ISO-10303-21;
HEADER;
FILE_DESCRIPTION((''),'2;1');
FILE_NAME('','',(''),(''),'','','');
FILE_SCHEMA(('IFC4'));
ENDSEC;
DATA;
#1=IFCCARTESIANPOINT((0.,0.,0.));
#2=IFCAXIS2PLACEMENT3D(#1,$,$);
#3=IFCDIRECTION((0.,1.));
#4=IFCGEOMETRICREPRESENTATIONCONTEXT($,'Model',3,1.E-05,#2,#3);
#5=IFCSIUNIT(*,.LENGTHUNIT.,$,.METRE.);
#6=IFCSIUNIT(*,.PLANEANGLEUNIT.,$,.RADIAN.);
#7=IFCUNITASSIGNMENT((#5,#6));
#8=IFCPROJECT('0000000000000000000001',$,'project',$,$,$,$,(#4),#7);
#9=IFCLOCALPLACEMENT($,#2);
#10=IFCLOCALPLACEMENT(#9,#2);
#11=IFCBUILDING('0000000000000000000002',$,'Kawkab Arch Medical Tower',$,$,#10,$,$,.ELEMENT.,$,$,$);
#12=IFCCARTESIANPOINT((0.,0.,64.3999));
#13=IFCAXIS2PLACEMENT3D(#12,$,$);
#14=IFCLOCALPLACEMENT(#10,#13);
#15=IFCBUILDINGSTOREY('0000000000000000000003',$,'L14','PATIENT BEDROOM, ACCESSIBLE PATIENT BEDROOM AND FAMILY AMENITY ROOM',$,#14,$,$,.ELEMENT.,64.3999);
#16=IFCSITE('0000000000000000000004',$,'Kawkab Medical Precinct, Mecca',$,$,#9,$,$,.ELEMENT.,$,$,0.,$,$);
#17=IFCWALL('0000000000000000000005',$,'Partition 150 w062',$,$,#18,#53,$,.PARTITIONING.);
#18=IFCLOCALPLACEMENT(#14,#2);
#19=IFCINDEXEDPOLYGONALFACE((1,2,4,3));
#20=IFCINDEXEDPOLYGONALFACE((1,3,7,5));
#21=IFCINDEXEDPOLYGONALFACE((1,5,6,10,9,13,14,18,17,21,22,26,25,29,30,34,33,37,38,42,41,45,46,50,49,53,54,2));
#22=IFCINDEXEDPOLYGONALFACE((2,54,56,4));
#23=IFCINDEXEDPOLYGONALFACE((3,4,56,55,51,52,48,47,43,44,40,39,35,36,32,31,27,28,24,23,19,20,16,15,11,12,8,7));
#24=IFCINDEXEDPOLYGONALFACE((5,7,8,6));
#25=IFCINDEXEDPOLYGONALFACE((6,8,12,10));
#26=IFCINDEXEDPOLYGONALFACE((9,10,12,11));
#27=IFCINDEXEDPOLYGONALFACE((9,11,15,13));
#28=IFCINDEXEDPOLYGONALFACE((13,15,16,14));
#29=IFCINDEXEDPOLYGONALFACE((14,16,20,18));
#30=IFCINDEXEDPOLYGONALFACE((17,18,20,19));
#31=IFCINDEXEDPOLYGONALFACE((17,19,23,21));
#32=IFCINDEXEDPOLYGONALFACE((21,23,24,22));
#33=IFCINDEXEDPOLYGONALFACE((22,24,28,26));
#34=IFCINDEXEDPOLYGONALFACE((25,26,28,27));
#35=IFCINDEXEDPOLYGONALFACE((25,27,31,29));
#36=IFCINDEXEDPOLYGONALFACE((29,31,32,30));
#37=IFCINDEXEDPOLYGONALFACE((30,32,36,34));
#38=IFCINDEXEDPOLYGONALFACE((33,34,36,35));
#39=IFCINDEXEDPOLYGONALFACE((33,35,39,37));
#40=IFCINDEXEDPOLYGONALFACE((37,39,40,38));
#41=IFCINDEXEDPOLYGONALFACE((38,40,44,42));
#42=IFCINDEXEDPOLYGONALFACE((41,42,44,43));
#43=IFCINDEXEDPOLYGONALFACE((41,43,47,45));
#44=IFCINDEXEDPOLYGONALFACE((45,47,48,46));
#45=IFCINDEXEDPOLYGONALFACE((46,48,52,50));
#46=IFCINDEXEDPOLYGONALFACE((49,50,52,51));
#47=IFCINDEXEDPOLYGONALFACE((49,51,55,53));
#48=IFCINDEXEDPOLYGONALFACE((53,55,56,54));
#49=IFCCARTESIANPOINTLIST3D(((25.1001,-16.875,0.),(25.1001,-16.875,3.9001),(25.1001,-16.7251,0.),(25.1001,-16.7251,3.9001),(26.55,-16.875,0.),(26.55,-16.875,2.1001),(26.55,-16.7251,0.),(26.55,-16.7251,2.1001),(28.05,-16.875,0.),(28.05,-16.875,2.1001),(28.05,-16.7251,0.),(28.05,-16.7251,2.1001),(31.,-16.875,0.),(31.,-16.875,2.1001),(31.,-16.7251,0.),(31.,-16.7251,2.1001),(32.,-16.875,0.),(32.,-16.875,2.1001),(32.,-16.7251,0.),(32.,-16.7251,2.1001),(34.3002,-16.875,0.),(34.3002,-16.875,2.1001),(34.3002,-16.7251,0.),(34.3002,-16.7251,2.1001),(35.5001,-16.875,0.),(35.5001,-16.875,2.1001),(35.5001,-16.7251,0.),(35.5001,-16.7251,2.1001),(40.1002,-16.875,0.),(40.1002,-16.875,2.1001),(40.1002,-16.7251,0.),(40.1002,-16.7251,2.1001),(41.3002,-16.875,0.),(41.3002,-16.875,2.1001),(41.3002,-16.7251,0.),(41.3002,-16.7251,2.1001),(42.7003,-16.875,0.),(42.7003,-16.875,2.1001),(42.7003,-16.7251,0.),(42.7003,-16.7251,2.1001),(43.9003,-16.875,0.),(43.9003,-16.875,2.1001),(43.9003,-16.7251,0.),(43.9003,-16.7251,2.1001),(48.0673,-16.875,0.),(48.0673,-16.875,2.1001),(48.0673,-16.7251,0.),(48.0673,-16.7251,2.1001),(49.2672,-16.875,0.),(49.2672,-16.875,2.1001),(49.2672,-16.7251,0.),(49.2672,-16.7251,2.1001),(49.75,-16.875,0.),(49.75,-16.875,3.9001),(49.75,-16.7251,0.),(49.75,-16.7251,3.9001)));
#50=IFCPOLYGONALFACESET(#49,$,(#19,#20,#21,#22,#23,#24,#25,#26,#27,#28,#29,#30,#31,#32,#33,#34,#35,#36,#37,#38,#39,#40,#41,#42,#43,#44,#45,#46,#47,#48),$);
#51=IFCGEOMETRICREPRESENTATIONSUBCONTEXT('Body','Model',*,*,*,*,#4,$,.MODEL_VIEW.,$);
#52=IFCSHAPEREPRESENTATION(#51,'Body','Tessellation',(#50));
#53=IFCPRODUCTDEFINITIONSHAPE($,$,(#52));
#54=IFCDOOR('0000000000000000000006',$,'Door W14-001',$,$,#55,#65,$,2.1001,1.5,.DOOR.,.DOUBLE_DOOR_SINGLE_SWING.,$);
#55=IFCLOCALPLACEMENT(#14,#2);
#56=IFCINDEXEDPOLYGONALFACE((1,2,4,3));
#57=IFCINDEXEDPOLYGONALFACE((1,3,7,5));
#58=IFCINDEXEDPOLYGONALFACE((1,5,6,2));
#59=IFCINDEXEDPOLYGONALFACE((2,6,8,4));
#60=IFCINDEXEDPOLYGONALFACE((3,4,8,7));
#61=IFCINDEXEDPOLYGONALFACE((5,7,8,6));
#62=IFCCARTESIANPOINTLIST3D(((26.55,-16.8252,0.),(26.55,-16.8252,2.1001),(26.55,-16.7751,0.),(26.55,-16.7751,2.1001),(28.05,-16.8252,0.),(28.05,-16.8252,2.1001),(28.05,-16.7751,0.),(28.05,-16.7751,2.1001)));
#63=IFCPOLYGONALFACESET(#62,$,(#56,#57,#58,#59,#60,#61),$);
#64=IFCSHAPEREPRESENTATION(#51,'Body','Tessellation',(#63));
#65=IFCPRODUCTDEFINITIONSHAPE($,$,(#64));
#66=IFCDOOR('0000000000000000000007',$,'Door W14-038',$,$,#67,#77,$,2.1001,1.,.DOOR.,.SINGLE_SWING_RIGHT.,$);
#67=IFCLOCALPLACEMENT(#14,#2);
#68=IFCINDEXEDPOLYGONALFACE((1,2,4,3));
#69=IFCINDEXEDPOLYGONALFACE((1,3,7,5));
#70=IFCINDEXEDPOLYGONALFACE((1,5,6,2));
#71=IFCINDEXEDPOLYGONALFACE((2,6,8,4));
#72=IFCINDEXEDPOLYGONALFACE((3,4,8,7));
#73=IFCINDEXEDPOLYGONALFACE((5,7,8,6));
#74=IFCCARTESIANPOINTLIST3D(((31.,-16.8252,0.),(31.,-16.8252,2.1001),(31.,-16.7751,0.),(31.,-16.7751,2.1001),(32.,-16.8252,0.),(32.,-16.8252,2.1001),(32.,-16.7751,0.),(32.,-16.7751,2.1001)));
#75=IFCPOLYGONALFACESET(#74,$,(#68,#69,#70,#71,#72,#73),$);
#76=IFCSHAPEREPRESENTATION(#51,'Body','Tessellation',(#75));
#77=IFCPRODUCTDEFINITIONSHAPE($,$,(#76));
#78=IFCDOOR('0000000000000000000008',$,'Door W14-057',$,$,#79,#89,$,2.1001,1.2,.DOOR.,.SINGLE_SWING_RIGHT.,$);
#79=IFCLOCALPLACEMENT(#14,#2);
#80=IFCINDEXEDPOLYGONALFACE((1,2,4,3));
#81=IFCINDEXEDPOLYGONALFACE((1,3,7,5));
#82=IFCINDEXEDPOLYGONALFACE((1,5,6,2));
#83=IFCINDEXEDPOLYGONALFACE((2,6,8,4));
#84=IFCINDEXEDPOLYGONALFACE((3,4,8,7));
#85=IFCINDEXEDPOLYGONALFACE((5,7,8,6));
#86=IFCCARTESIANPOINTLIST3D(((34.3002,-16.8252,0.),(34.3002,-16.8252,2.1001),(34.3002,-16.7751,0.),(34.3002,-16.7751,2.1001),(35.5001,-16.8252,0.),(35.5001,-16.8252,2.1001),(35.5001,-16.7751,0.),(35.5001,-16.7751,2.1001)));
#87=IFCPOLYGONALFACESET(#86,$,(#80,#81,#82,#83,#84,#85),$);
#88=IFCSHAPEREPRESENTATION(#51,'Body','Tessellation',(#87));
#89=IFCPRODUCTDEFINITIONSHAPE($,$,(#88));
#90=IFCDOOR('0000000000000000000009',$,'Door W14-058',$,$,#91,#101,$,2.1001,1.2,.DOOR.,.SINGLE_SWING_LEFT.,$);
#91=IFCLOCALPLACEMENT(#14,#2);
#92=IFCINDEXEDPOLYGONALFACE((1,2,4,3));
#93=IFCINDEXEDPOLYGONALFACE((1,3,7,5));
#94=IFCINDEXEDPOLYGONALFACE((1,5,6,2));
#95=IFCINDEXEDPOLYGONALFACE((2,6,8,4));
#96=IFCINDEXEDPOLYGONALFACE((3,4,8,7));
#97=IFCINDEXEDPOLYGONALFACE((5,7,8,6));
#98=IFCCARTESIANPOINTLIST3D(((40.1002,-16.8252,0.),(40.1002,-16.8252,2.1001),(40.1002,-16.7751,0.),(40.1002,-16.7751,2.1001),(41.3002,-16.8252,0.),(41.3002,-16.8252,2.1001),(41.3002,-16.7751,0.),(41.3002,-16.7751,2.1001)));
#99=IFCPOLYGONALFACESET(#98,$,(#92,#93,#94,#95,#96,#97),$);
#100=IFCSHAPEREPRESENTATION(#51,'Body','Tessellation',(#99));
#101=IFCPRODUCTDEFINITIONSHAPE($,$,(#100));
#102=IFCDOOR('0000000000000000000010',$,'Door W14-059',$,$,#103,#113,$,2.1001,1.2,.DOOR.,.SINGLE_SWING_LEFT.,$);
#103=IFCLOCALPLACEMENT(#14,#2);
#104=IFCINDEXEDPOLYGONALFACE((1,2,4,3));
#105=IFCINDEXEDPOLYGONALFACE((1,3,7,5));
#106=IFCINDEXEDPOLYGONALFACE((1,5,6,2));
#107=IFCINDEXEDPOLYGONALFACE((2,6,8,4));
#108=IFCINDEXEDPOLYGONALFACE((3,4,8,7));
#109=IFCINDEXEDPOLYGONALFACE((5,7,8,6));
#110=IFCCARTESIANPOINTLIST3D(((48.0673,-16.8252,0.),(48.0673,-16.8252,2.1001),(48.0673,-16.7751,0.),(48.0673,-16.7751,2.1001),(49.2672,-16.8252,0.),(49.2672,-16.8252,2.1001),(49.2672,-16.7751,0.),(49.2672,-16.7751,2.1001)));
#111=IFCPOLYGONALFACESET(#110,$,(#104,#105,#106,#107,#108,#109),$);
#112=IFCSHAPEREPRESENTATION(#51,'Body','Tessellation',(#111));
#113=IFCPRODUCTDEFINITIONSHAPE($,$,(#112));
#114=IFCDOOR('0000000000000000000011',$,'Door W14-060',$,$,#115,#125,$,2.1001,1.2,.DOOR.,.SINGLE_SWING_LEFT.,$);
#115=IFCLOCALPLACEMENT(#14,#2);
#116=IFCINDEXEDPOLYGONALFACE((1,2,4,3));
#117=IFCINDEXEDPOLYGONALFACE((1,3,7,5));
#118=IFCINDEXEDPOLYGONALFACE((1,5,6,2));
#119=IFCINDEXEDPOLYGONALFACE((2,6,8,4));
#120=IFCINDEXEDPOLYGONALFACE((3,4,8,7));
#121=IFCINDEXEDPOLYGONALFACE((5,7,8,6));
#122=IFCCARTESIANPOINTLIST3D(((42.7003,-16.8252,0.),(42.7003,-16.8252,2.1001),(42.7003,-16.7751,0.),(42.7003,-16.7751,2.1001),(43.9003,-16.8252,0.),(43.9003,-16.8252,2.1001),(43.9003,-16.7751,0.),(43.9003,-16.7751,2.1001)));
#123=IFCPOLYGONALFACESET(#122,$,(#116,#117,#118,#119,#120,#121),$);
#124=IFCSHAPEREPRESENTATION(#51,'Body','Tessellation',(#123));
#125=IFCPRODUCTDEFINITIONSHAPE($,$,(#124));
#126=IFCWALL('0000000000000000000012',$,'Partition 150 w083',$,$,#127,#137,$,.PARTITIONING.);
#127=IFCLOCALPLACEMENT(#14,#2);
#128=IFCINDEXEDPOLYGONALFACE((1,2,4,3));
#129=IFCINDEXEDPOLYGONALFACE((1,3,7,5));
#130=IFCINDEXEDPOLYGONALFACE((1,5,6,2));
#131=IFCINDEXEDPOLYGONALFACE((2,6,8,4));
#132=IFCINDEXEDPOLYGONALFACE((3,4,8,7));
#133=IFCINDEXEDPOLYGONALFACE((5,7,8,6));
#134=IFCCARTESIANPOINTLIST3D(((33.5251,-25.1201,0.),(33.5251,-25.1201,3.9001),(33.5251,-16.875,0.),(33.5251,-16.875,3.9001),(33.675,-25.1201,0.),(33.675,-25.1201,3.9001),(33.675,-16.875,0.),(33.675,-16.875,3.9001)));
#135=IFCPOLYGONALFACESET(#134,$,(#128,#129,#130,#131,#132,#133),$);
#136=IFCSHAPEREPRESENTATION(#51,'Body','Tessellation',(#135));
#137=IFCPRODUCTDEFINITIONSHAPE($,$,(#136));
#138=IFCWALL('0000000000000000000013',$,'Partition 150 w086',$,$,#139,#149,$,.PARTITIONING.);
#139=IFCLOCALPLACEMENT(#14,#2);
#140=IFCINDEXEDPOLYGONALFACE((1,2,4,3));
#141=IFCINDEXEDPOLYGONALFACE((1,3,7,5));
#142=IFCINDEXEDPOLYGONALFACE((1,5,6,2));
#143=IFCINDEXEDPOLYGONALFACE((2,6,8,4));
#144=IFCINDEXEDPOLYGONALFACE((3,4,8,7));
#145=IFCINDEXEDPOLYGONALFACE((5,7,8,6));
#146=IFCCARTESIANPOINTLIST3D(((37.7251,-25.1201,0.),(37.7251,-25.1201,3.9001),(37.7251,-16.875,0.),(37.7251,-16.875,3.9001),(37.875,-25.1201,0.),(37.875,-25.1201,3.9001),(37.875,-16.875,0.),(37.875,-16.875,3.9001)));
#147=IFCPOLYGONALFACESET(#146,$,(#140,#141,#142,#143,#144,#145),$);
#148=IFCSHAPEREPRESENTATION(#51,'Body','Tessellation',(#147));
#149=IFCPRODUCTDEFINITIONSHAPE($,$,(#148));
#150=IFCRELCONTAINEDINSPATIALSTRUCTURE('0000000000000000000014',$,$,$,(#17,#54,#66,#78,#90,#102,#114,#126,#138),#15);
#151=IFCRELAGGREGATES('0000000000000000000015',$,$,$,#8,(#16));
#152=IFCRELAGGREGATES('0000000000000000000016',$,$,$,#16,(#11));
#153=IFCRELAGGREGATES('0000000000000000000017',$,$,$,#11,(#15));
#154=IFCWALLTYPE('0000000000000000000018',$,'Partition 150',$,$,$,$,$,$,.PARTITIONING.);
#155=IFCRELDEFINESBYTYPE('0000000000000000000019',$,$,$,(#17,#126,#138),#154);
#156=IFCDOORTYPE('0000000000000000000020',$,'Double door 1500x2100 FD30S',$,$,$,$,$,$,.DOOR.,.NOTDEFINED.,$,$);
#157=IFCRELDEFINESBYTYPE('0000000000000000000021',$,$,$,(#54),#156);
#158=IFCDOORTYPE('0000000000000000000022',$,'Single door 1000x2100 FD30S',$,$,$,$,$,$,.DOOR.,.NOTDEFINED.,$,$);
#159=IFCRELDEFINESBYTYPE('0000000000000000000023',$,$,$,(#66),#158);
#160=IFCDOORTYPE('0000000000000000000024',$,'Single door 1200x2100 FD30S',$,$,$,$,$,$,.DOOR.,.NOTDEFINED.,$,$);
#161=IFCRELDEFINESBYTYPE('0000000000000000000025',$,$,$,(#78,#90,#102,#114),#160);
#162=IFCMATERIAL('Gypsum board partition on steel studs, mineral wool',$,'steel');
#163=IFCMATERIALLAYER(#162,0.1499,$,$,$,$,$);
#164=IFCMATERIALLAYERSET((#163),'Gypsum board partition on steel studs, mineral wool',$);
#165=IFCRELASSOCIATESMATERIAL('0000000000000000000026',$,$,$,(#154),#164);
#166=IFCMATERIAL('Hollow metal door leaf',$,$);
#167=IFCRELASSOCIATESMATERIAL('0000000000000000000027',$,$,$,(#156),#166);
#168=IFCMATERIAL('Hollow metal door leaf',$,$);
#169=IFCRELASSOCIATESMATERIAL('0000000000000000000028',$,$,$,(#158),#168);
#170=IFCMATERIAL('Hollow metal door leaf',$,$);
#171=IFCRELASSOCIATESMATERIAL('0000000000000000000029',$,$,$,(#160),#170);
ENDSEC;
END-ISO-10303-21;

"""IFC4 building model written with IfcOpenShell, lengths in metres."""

from ifc_helpers import new_model, si_unit, direction, frame, frame_2d, origin, place, context, subcontext, project, spatial, rectangle, extrude, material, layer, layer_set, type_object, element, fill, save


model = new_model("IFC4")

# Units and contexts
model_context = context("Model", 3, precision=1e-05, world=origin(), true_north=direction((0.0, 1.0)))
body_context = subcontext(model_context, "Body", "Model", "MODEL_VIEW")
ifc_project = project(units=[si_unit("LENGTHUNIT", "METRE"), si_unit("PLANEANGLEUNIT", "RADIAN")], contexts=[model_context])

# Site, building, storey
site_placement = place(None, origin())
site = spatial("IfcSite", under=ifc_project, at=site_placement, Name="Kawkab Medical Precinct, Mecca", CompositionType="ELEMENT", RefElevation=0.0)
building_placement = place(site_placement, origin())
building = spatial("IfcBuilding", under=site, at=building_placement, Name="Kawkab Arch Medical Tower", CompositionType="ELEMENT")
storey_placement = place(building_placement, frame((0.0, 0.0, 64.3999)))
storey = spatial("IfcBuildingStorey", under=building, at=storey_placement, Name="L14", Description="PATIENT BEDROOM, ACCESSIBLE PATIENT BEDROOM AND FAMILY AMENITY ROOM", CompositionType="ELEMENT", Elevation=64.3999)

# Wall, openings, doors
ifc_material_1 = material(Name="Gypsum board partition on steel studs, mineral wool", Category="steel")
ifc_layer_1 = layer(ifc_material_1, 0.1499)
ifc_layer_set_1 = layer_set([ifc_layer_1], Name="Gypsum board partition on steel studs, mineral wool")
wall_type_1 = type_object("IfcWallType", Name="Partition 150", PredefinedType="PARTITIONING", material=ifc_layer_set_1)
wall_1_placement = place(storey_placement, frame((25.1001, -16.8, 0.0), z_axis=(0.0, 0.0, 1.0), x_axis=(1.0, 0.0, 0.0)))
wall_1 = element("IfcWall", 1, at=wall_1_placement, inside=storey, type_object=wall_type_1, Name="Partition 150 w062", PredefinedType="PARTITIONING", context=body_context, shape_type="SweptSolid", body=[
    extrude(rectangle(XDim=24.6499, YDim=0.1499, at=frame_2d((12.325, 0.0))), origin(), (0.0, 0.0, 1.0), 3.9001),
])
opening_1_placement = place(wall_1_placement, frame((1.45, 0.0, 0.0)))
opening_1 = element("IfcOpeningElement", 2, at=opening_1_placement, cuts=wall_1, PredefinedType="OPENING", context=body_context, shape_type="SweptSolid", body=[
    extrude(rectangle(XDim=1.5, YDim=2.1001, at=frame_2d((0.75, 1.05))), frame((0.0, 0.085, 0.0), z_axis=(0.0, -1.0, 0.0), x_axis=(1.0, 0.0, 0.0)), (0.0, 0.0, 1.0), 0.1699),
])
opening_2_placement = place(wall_1_placement, frame((5.8999, 0.0, 0.0)))
opening_2 = element("IfcOpeningElement", 3, at=opening_2_placement, cuts=wall_1, PredefinedType="OPENING", context=body_context, shape_type="SweptSolid", body=[
    extrude(rectangle(XDim=1.0, YDim=2.1001, at=frame_2d((0.5, 1.05))), frame((0.0, 0.085, 0.0), z_axis=(0.0, -1.0, 0.0), x_axis=(1.0, 0.0, 0.0)), (0.0, 0.0, 1.0), 0.1699),
])
opening_3_placement = place(wall_1_placement, frame((9.2, 0.0, 0.0)))
opening_3 = element("IfcOpeningElement", 4, at=opening_3_placement, cuts=wall_1, PredefinedType="OPENING", context=body_context, shape_type="SweptSolid", body=[
    extrude(rectangle(XDim=1.2, YDim=2.1001, at=frame_2d((0.6001, 1.05))), frame((0.0, 0.085, 0.0), z_axis=(0.0, -1.0, 0.0), x_axis=(1.0, 0.0, 0.0)), (0.0, 0.0, 1.0), 0.1699),
])
opening_4_placement = place(wall_1_placement, frame((15.0, 0.0, 0.0)))
opening_4 = element("IfcOpeningElement", 5, at=opening_4_placement, cuts=wall_1, PredefinedType="OPENING", context=body_context, shape_type="SweptSolid", body=[
    extrude(rectangle(XDim=1.2, YDim=2.1001, at=frame_2d((0.6001, 1.05))), frame((0.0, 0.085, 0.0), z_axis=(0.0, -1.0, 0.0), x_axis=(1.0, 0.0, 0.0)), (0.0, 0.0, 1.0), 0.1699),
])
opening_5_placement = place(wall_1_placement, frame((22.967, 0.0, 0.0)))
opening_5 = element("IfcOpeningElement", 6, at=opening_5_placement, cuts=wall_1, PredefinedType="OPENING", context=body_context, shape_type="SweptSolid", body=[
    extrude(rectangle(XDim=1.2, YDim=2.1001, at=frame_2d((0.6001, 1.05))), frame((0.0, 0.085, 0.0), z_axis=(0.0, -1.0, 0.0), x_axis=(1.0, 0.0, 0.0)), (0.0, 0.0, 1.0), 0.1699),
])
opening_6_placement = place(wall_1_placement, frame((17.6001, 0.0, 0.0)))
opening_6 = element("IfcOpeningElement", 7, at=opening_6_placement, cuts=wall_1, PredefinedType="OPENING", context=body_context, shape_type="SweptSolid", body=[
    extrude(rectangle(XDim=1.2, YDim=2.1001, at=frame_2d((0.6001, 1.05))), frame((0.0, 0.085, 0.0), z_axis=(0.0, -1.0, 0.0), x_axis=(1.0, 0.0, 0.0)), (0.0, 0.0, 1.0), 0.1699),
])
ifc_material_2 = material(Name="Hollow metal door leaf")
door_type_1 = type_object("IfcDoorType", Name="Double door 1500x2100 FD30S", OperationType="NOTDEFINED", PredefinedType="DOOR", material=ifc_material_2)
door_1_placement = place(opening_1_placement, origin())
door_1 = element("IfcDoor", 8, at=door_1_placement, inside=storey, type_object=door_type_1, Name="Door W14-001", OperationType="DOUBLE_DOOR_SINGLE_SWING", OverallHeight=2.1001, OverallWidth=1.5, PredefinedType="DOOR", context=body_context, shape_type="SweptSolid", body=[
    extrude(rectangle(XDim=1.5, YDim=2.1001, at=frame_2d((0.75, 1.05))), frame((0.0, 0.0249, 0.0), z_axis=(0.0, -1.0, 0.0), x_axis=(1.0, 0.0, 0.0)), (0.0, 0.0, 1.0), 0.05),
])
fill(opening_1, door_1)
ifc_material_3 = material(Name="Hollow metal door leaf")
door_type_2 = type_object("IfcDoorType", Name="Single door 1000x2100 FD30S", OperationType="NOTDEFINED", PredefinedType="DOOR", material=ifc_material_3)
door_2_placement = place(opening_2_placement, origin())
door_2 = element("IfcDoor", 9, at=door_2_placement, inside=storey, type_object=door_type_2, Name="Door W14-038", OperationType="SINGLE_SWING_RIGHT", OverallHeight=2.1001, OverallWidth=1.0, PredefinedType="DOOR", context=body_context, shape_type="SweptSolid", body=[
    extrude(rectangle(XDim=1.0, YDim=2.1001, at=frame_2d((0.5, 1.05))), frame((0.0, 0.0249, 0.0), z_axis=(0.0, -1.0, 0.0), x_axis=(1.0, 0.0, 0.0)), (0.0, 0.0, 1.0), 0.05),
])
fill(opening_2, door_2)
ifc_material_4 = material(Name="Hollow metal door leaf")
door_type_3 = type_object("IfcDoorType", Name="Single door 1200x2100 FD30S", OperationType="NOTDEFINED", PredefinedType="DOOR", material=ifc_material_4)
door_3_placement = place(opening_3_placement, origin())
door_3 = element("IfcDoor", 10, at=door_3_placement, inside=storey, type_object=door_type_3, Name="Door W14-057", OperationType="SINGLE_SWING_RIGHT", OverallHeight=2.1001, OverallWidth=1.2, PredefinedType="DOOR", context=body_context, shape_type="SweptSolid", body=[
    extrude(rectangle(XDim=1.2, YDim=2.1001, at=frame_2d((0.6001, 1.05))), frame((0.0, 0.0249, 0.0), z_axis=(0.0, -1.0, 0.0), x_axis=(1.0, 0.0, 0.0)), (0.0, 0.0, 1.0), 0.05),
])
fill(opening_3, door_3)
door_4_placement = place(opening_4_placement, origin())
door_4 = element("IfcDoor", 11, at=door_4_placement, inside=storey, type_object=door_type_3, Name="Door W14-058", OperationType="SINGLE_SWING_LEFT", OverallHeight=2.1001, OverallWidth=1.2, PredefinedType="DOOR", context=body_context, shape_type="SweptSolid", body=[
    extrude(rectangle(XDim=1.2, YDim=2.1001, at=frame_2d((0.6001, 1.05))), frame((0.0, 0.0249, 0.0), z_axis=(0.0, -1.0, 0.0), x_axis=(1.0, 0.0, 0.0)), (0.0, 0.0, 1.0), 0.05),
])
fill(opening_4, door_4)
door_5_placement = place(opening_5_placement, origin())
door_5 = element("IfcDoor", 12, at=door_5_placement, inside=storey, type_object=door_type_3, Name="Door W14-059", OperationType="SINGLE_SWING_LEFT", OverallHeight=2.1001, OverallWidth=1.2, PredefinedType="DOOR", context=body_context, shape_type="SweptSolid", body=[
    extrude(rectangle(XDim=1.2, YDim=2.1001, at=frame_2d((0.6001, 1.05))), frame((0.0, 0.0249, 0.0), z_axis=(0.0, -1.0, 0.0), x_axis=(1.0, 0.0, 0.0)), (0.0, 0.0, 1.0), 0.05),
])
fill(opening_5, door_5)
door_6_placement = place(opening_6_placement, origin())
door_6 = element("IfcDoor", 13, at=door_6_placement, inside=storey, type_object=door_type_3, Name="Door W14-060", OperationType="SINGLE_SWING_LEFT", OverallHeight=2.1001, OverallWidth=1.2, PredefinedType="DOOR", context=body_context, shape_type="SweptSolid", body=[
    extrude(rectangle(XDim=1.2, YDim=2.1001, at=frame_2d((0.6001, 1.05))), frame((0.0, 0.0249, 0.0), z_axis=(0.0, -1.0, 0.0), x_axis=(1.0, 0.0, 0.0)), (0.0, 0.0, 1.0), 0.05),
])
fill(opening_6, door_6)

# Walls
for number, where, z_axis, x_axis, name in (
    (14, (33.6001, -25.1201, 0.0), (0.0, 0.0, 1.0), (0.0, 1.0, 0.0), "Partition 150 w083"),
    (15, (37.8, -25.1201, 0.0), (0.0, 0.0, 1.0), (0.0, 1.0, 0.0), "Partition 150 w086"),
):
    element("IfcWall", number, at=place(storey_placement, frame(where, z_axis=z_axis, x_axis=x_axis)), inside=storey, type_object=wall_type_1, Name=name, PredefinedType="PARTITIONING", context=body_context, shape_type="SweptSolid", body=[
        extrude(rectangle(XDim=8.2451, YDim=0.1499, at=frame_2d((4.1226, 0.0))), origin(), (0.0, 0.0, 1.0), 3.9001),
    ])

save(model, "model.ifc")
